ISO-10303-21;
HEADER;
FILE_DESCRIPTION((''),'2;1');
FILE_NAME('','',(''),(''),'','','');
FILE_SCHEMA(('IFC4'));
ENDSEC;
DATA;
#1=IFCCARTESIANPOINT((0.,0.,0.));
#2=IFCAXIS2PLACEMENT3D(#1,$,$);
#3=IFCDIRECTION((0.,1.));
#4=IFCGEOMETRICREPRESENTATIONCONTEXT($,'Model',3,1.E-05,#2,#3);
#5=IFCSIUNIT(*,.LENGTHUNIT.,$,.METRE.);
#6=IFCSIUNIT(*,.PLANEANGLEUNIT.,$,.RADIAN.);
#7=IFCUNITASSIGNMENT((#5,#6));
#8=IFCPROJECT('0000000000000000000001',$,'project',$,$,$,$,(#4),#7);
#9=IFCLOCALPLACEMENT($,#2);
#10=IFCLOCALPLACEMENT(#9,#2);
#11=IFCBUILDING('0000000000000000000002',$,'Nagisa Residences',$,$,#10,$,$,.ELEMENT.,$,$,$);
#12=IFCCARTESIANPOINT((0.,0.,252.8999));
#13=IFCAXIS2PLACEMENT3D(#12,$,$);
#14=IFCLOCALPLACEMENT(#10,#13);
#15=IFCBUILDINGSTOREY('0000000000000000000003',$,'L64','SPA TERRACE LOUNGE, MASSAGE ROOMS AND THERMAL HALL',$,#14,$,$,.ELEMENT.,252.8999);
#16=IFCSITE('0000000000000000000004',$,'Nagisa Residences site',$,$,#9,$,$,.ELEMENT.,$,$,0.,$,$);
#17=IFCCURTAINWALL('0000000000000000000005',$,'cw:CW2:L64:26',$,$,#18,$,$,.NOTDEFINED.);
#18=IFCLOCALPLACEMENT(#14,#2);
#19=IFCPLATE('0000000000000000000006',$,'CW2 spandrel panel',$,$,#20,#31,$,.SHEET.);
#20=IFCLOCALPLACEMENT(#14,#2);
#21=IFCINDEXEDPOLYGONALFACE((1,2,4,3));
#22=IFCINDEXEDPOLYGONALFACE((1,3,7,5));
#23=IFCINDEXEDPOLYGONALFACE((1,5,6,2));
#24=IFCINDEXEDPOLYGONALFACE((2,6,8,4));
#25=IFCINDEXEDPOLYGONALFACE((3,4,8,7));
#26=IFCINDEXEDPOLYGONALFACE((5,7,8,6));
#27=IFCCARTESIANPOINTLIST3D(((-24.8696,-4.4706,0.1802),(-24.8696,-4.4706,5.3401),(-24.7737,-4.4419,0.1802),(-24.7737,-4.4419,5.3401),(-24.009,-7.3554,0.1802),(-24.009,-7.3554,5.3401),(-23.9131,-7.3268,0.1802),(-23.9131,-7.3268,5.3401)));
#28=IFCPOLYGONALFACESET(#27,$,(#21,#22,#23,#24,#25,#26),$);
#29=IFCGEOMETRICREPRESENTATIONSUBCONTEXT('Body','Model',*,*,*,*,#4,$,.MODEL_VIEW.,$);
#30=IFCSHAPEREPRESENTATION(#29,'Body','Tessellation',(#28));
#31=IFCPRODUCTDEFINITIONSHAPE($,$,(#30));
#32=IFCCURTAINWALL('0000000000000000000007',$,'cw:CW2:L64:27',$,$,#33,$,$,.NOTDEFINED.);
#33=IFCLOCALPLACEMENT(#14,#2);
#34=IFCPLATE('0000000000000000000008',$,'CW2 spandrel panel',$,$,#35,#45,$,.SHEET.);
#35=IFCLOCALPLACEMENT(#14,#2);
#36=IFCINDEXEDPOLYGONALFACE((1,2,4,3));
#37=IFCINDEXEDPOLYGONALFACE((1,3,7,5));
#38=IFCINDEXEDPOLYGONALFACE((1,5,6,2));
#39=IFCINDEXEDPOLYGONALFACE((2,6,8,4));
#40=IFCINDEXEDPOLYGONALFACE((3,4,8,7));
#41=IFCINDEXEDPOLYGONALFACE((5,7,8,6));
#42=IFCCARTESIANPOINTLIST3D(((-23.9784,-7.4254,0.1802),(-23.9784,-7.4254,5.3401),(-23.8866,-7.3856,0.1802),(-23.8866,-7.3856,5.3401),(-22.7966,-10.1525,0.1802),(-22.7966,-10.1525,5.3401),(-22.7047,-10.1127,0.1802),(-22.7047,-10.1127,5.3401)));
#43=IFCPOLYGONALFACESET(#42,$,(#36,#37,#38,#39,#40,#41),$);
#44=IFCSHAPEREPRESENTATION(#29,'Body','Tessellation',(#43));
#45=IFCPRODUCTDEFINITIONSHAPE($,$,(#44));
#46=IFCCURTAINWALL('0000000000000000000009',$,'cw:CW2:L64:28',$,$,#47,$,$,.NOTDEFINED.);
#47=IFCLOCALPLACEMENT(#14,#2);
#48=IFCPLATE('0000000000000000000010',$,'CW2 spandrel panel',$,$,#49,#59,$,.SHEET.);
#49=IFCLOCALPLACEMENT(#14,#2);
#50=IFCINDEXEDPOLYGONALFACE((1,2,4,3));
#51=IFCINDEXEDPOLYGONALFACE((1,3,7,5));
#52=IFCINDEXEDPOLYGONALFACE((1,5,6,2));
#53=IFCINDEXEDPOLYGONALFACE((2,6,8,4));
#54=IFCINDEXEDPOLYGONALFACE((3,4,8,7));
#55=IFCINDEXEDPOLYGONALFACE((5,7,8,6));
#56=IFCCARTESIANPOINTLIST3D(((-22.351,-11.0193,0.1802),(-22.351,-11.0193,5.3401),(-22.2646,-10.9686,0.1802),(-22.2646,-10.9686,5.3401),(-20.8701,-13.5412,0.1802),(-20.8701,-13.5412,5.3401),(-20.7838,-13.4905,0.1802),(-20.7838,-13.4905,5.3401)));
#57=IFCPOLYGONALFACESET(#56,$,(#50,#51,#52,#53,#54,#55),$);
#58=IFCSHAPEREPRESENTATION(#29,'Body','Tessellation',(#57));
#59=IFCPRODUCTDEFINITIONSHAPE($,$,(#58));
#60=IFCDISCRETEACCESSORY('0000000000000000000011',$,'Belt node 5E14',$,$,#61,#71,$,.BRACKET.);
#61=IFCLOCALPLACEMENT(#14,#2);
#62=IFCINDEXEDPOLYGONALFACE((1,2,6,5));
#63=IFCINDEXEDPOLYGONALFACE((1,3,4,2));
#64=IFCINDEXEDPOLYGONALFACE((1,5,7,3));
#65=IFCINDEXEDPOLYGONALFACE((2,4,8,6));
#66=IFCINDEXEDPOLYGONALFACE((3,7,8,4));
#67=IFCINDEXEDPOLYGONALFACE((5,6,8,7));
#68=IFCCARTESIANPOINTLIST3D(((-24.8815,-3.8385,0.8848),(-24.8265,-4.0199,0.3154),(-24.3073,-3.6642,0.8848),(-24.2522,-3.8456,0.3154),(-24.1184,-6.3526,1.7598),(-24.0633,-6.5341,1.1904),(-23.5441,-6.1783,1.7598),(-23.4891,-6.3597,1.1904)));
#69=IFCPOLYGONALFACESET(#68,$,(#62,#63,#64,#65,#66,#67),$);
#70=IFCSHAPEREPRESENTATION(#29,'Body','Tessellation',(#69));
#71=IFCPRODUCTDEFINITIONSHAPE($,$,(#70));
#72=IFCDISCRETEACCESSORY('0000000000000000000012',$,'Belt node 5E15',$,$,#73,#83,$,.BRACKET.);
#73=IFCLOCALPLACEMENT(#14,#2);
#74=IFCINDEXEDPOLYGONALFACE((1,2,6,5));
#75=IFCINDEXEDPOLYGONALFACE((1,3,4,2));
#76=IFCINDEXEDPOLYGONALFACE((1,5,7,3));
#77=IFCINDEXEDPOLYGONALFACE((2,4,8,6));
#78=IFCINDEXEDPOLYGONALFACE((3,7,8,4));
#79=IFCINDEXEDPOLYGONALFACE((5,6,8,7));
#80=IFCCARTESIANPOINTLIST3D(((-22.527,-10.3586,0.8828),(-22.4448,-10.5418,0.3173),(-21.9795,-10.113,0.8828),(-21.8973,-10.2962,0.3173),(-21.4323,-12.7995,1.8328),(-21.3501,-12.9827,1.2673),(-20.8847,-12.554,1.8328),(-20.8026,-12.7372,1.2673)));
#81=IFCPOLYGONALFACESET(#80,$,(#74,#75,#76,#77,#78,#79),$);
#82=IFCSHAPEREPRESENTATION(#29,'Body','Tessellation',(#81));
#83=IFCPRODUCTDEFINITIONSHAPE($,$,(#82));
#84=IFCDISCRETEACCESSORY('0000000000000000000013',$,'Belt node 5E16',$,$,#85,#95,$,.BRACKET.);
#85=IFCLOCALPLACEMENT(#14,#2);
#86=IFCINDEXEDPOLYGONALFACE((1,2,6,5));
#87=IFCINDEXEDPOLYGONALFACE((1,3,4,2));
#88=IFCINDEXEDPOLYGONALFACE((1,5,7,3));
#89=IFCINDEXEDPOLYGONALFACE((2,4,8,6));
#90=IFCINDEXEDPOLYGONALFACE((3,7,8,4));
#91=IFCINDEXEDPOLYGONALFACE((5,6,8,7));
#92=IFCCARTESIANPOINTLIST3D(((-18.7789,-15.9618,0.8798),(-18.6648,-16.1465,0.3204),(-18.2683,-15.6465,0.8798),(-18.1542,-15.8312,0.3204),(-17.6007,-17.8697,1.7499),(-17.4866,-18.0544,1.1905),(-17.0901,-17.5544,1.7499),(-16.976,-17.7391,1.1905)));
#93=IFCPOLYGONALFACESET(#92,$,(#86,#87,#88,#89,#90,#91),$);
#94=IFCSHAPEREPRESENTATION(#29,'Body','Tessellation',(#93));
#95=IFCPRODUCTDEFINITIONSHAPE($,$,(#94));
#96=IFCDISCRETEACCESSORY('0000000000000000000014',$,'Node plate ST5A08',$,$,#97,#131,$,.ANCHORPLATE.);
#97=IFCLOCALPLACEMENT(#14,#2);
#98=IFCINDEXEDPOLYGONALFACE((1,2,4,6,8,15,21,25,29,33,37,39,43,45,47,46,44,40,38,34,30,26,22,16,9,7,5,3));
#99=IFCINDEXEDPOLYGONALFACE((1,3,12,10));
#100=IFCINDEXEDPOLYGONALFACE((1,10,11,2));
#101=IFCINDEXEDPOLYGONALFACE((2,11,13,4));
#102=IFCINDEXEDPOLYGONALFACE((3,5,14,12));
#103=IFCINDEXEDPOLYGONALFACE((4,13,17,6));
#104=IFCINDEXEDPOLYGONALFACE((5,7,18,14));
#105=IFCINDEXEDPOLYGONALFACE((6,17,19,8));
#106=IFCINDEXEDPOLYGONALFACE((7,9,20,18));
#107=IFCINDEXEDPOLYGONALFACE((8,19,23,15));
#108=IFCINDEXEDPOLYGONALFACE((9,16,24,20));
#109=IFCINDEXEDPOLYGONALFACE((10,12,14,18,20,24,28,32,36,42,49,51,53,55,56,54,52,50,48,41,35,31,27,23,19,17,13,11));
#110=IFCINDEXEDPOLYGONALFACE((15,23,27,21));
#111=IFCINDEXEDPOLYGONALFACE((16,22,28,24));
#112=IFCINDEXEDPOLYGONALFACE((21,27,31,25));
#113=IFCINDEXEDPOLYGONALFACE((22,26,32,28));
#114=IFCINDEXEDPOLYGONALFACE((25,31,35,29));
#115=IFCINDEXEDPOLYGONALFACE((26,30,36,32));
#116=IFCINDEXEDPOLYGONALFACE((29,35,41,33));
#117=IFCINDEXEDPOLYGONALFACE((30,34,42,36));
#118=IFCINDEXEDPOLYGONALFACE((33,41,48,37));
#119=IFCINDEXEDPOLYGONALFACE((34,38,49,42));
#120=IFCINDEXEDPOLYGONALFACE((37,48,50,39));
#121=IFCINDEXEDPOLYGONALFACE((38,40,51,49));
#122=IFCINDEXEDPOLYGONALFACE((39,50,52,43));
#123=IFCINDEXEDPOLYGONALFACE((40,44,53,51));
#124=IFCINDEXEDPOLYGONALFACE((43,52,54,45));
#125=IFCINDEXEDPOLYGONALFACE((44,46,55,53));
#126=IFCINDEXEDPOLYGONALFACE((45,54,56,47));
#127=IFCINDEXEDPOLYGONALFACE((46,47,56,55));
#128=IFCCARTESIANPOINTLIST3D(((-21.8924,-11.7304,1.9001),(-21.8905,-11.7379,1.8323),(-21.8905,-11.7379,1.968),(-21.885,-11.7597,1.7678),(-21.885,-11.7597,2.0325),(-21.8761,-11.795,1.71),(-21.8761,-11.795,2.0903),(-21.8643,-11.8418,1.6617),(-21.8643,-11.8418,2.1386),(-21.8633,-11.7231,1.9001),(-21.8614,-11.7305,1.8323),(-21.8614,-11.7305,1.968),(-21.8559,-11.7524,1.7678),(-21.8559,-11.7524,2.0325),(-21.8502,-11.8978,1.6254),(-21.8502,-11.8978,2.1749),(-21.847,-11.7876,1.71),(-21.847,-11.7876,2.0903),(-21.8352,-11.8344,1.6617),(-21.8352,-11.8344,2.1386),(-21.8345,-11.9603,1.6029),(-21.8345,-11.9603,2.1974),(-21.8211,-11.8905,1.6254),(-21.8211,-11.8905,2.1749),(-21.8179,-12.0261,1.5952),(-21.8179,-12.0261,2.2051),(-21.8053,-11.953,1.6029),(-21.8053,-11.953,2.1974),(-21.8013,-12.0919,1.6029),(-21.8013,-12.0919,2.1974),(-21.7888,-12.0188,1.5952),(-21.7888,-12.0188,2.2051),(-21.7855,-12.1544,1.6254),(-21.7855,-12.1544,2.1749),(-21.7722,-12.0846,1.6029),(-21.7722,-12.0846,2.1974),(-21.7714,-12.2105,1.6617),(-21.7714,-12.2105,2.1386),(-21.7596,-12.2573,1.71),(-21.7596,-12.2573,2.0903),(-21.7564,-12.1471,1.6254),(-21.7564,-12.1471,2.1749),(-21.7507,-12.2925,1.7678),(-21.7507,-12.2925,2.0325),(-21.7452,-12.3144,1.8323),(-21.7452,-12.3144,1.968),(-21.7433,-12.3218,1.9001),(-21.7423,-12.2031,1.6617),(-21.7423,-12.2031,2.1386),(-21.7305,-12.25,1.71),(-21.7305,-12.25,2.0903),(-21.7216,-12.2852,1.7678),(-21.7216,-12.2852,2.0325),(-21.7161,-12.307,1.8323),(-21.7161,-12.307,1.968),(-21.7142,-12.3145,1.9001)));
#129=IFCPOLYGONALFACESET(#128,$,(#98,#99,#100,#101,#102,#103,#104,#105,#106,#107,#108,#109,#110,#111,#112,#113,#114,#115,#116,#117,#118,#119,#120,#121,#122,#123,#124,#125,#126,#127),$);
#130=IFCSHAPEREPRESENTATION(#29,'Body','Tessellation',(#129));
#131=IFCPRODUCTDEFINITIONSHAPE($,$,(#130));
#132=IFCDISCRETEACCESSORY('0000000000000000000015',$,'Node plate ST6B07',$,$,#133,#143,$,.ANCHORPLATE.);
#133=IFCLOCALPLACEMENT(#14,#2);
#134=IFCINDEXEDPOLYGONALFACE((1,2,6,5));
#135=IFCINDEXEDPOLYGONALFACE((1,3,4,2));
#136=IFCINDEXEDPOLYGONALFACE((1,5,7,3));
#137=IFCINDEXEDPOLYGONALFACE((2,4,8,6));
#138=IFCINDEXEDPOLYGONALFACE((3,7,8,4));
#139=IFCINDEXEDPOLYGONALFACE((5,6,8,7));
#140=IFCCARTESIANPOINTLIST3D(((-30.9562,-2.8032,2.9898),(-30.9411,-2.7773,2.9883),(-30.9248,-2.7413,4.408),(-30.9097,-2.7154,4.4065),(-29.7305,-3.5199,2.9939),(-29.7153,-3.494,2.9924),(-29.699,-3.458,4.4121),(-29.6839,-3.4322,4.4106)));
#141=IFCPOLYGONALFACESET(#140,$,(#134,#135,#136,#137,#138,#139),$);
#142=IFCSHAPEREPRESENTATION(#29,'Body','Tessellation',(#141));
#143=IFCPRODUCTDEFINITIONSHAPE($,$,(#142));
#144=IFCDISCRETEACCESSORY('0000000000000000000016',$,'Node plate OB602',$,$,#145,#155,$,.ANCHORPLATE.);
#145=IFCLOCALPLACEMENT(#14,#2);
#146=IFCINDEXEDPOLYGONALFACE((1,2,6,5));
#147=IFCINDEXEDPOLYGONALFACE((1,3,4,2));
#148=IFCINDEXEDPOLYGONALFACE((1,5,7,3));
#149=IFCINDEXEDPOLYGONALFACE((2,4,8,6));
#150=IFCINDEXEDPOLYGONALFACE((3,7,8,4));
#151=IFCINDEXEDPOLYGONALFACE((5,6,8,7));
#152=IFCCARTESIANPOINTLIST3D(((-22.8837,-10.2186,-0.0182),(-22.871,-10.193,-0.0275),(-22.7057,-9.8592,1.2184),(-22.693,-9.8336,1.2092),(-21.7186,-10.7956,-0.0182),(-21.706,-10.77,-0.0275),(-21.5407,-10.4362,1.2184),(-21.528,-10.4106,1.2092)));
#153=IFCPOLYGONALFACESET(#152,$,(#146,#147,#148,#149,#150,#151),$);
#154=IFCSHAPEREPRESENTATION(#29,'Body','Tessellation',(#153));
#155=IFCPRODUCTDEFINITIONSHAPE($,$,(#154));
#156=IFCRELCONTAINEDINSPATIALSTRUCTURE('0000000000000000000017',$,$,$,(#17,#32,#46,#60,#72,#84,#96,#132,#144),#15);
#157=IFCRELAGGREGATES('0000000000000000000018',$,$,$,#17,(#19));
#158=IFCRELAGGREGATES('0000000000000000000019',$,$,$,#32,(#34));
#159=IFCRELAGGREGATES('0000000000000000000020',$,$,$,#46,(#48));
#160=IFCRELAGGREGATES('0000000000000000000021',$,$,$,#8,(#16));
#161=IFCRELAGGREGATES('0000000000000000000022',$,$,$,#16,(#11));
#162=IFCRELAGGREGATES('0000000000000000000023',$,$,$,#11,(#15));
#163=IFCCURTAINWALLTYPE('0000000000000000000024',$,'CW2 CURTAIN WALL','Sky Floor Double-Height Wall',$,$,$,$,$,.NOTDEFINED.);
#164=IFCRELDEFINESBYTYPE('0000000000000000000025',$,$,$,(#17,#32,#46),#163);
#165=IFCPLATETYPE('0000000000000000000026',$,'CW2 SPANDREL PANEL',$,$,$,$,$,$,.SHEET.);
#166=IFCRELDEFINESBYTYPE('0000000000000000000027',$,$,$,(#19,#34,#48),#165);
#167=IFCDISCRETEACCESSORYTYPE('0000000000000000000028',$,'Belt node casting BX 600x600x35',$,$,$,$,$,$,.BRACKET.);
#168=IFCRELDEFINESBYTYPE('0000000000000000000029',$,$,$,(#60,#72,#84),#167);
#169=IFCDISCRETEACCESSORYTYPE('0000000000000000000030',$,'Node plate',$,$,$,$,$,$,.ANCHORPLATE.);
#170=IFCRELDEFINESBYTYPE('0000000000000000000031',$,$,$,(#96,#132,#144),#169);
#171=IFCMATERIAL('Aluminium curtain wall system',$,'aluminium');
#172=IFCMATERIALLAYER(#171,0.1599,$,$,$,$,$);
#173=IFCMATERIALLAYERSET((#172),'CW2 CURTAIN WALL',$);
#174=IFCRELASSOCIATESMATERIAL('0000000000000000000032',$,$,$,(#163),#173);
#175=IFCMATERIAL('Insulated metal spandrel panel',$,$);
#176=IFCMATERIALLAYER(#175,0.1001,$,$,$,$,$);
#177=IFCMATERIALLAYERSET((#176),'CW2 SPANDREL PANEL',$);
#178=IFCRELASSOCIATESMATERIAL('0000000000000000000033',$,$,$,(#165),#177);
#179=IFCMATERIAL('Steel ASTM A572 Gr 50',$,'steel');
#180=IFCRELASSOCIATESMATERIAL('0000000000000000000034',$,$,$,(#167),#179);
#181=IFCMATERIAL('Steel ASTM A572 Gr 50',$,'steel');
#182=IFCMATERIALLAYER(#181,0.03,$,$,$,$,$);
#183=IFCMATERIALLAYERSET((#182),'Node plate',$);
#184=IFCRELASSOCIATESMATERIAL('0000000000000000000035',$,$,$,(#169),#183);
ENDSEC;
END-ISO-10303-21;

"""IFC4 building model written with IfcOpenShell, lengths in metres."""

from ifc_helpers import new_model, si_unit, direction, frame, origin, origin_2d, place, context, subcontext, project, spatial, rectangle, circle, extrude, material, layer, layer_set, type_object, element, aggregate, save


model = new_model("IFC4")

# Units and contexts
model_context = context("Model", 3, precision=1e-05, world=origin(), true_north=direction((0.0, 1.0)))
body_context = subcontext(model_context, "Body", "Model", "MODEL_VIEW")
ifc_project = project(units=[si_unit("LENGTHUNIT", "METRE"), si_unit("PLANEANGLEUNIT", "RADIAN")], contexts=[model_context])

# Site, building, storey
site_placement = place(None, origin())
site = spatial("IfcSite", under=ifc_project, at=site_placement, Name="Nagisa Residences site", CompositionType="ELEMENT", RefElevation=0.0)
building_placement = place(site_placement, origin())
building = spatial("IfcBuilding", under=site, at=building_placement, Name="Nagisa Residences", CompositionType="ELEMENT")
storey_placement = place(building_placement, frame((0.0, 0.0, 252.8999)))
storey = spatial("IfcBuildingStorey", under=building, at=storey_placement, Name="L64", Description="SPA TERRACE LOUNGE, MASSAGE ROOMS AND THERMAL HALL", CompositionType="ELEMENT", Elevation=252.8999)

# Curtain walls, plates
ifc_material_1 = material(Name="Aluminium curtain wall system", Category="aluminium")
ifc_layer_1 = layer(ifc_material_1, 0.1599)
ifc_layer_set_1 = layer_set([ifc_layer_1], Name="CW2 CURTAIN WALL")
curtain_wall_type = type_object("IfcCurtainWallType", Name="CW2 CURTAIN WALL", Description="Sky Floor Double-Height Wall", PredefinedType="NOTDEFINED", material=ifc_layer_set_1)
curtain_wall_1_placement = place(storey_placement, origin())
curtain_wall_1 = element("IfcCurtainWall", 1, at=curtain_wall_1_placement, inside=storey, type_object=curtain_wall_type, Name="cw:CW2:L64:26", PredefinedType="NOTDEFINED")
ifc_material_2 = material(Name="Insulated metal spandrel panel")
ifc_layer_2 = layer(ifc_material_2, 0.1001)
ifc_layer_set_2 = layer_set([ifc_layer_2], Name="CW2 SPANDREL PANEL")
plate_type = type_object("IfcPlateType", Name="CW2 SPANDREL PANEL", PredefinedType="SHEET", material=ifc_layer_set_2)
plate_1_placement = place(storey_placement, frame((-24.3914, -5.8987, 0.1802), z_axis=(0.0, 0.0, 1.0), x_axis=(0.28586, -0.958271, 0.0)))
plate_1 = element("IfcPlate", 2, at=plate_1_placement, type_object=plate_type, Name="CW2 spandrel panel", PredefinedType="SHEET", context=body_context, shape_type="SweptSolid", body=[
    extrude(rectangle(XDim=3.0105, YDim=0.1001, at=origin_2d()), origin(), (0.0, 0.0, 1.0), 5.1599),
])
aggregate(curtain_wall_1, [plate_1])
curtain_wall_2_placement = place(storey_placement, origin())
curtain_wall_2 = element("IfcCurtainWall", 3, at=curtain_wall_2_placement, inside=storey, type_object=curtain_wall_type, Name="cw:CW2:L64:27", PredefinedType="NOTDEFINED")
plate_2_placement = place(storey_placement, frame((-23.3416, -8.769, 0.1802), z_axis=(0.0, 0.0, 1.0), x_axis=(0.397636, -0.917543, 0.0)))
plate_2 = element("IfcPlate", 4, at=plate_2_placement, type_object=plate_type, Name="CW2 spandrel panel", PredefinedType="SHEET", context=body_context, shape_type="SweptSolid", body=[
    extrude(rectangle(XDim=2.9722, YDim=0.1001, at=origin_2d()), origin(), (0.0, 0.0, 1.0), 5.1599),
])
aggregate(curtain_wall_2, [plate_2])
curtain_wall_3_placement = place(storey_placement, origin())
curtain_wall_3 = element("IfcCurtainWall", 5, at=curtain_wall_3_placement, inside=storey, type_object=curtain_wall_type, Name="cw:CW2:L64:28", PredefinedType="NOTDEFINED")
plate_3_placement = place(storey_placement, frame((-21.5674, -12.2549, 0.1802), z_axis=(0.0, 0.0, 1.0), x_axis=(0.506349, -0.862329, 0.0)))
plate_3 = element("IfcPlate", 6, at=plate_3_placement, type_object=plate_type, Name="CW2 spandrel panel", PredefinedType="SHEET", context=body_context, shape_type="SweptSolid", body=[
    extrude(rectangle(XDim=2.9246, YDim=0.1001, at=origin_2d()), origin(), (0.0, 0.0, 1.0), 5.1599),
])
aggregate(curtain_wall_3, [plate_3])

# Discrete accessories
ifc_material_3 = material(Name="Steel ASTM A572 Gr 50", Category="steel")
discrete_accessory_type_1 = type_object("IfcDiscreteAccessoryType", Name="Belt node casting BX 600x600x35", PredefinedType="BRACKET", material=ifc_material_3)
discrete_accessory_1_placement = place(storey_placement, frame((-24.5669, -3.842, 0.6001), z_axis=(0.275586, -0.907865, 0.315963), x_axis=(0.956885, 0.290466, 0.0)))
element("IfcDiscreteAccessory", 7, at=discrete_accessory_1_placement, inside=storey, type_object=discrete_accessory_type_1, Name="Belt node 5E14", PredefinedType="BRACKET", context=body_context, shape_type="SweptSolid", body=[
    extrude(rectangle(XDim=0.6001, YDim=0.6001, at=origin_2d()), origin(), (0.0, 0.0, 1.0), 2.7693),
])
discrete_accessory_2_placement = place(storey_placement, frame((-22.2122, -10.3274, 0.6001), z_axis=(0.385627, -0.859835, 0.334629), x_axis=(0.912436, 0.409218, 0.0)))
element("IfcDiscreteAccessory", 8, at=discrete_accessory_2_placement, inside=storey, type_object=discrete_accessory_type_1, Name="Belt node 5E15", PredefinedType="BRACKET", context=body_context, shape_type="SweptSolid", body=[
    extrude(rectangle(XDim=0.6001, YDim=0.6001, at=origin_2d()), origin(), (0.0, 0.0, 1.0), 2.8389),
])
discrete_accessory_3_placement = place(storey_placement, frame((-18.4666, -15.8965, 0.6001), z_axis=(0.489838, -0.793221, 0.361745), x_axis=(0.850842, 0.525421, 0.0)))
element("IfcDiscreteAccessory", 9, at=discrete_accessory_3_placement, inside=storey, type_object=discrete_accessory_type_1, Name="Belt node 5E16", PredefinedType="BRACKET", context=body_context, shape_type="SweptSolid", body=[
    extrude(rectangle(XDim=0.6001, YDim=0.6001, at=origin_2d()), origin(), (0.0, 0.0, 1.0), 2.4053),
])
ifc_material_4 = material(Name="Steel ASTM A572 Gr 50", Category="steel")
ifc_layer_3 = layer(ifc_material_4, 0.03)
ifc_layer_set_3 = layer_set([ifc_layer_3], Name="Node plate")
discrete_accessory_type_2 = type_object("IfcDiscreteAccessoryType", Name="Node plate", PredefinedType="ANCHORPLATE", material=ifc_layer_set_3)
discrete_accessory_4_placement = place(storey_placement, frame((-21.8179, -12.0261, 1.9001), z_axis=(0.969661, 0.244452, 0.0), x_axis=(-0.244452, 0.969661, 0.0)))
element("IfcDiscreteAccessory", 10, at=discrete_accessory_4_placement, inside=storey, type_object=discrete_accessory_type_2, Name="Node plate ST5A08", PredefinedType="ANCHORPLATE", context=body_context, shape_type="SweptSolid", body=[
    extrude(circle(Radius=0.3049, at=origin_2d()), origin(), (0.0, 0.0, 1.0), 0.03),
])
discrete_accessory_5_placement = place(storey_placement, frame((-30.3125, -3.1047, 3.6995), z_axis=(-0.504282, -0.862159, 0.048801), x_axis=(0.863255, -0.504759, 0.002889)))
element("IfcDiscreteAccessory", 11, at=discrete_accessory_5_placement, inside=storey, type_object=discrete_accessory_type_2, Name="Node plate ST6B07", PredefinedType="ANCHORPLATE", context=body_context, shape_type="SweptSolid", body=[
    extrude(rectangle(XDim=1.4199, YDim=1.4199, at=origin_2d()), origin(), (0.0, 0.0, 1.0), 0.03),
])
discrete_accessory_6_placement = place(storey_placement, frame((-22.2122, -10.3274, 0.6001), z_axis=(0.422151, 0.85242, -0.308495), x_axis=(-0.896128, 0.443797, 0.0)))
element("IfcDiscreteAccessory", 12, at=discrete_accessory_6_placement, inside=storey, type_object=discrete_accessory_type_2, Name="Node plate OB602", PredefinedType="ANCHORPLATE", context=body_context, shape_type="SweptSolid", body=[
    extrude(rectangle(XDim=1.3, YDim=1.3, at=origin_2d()), origin(), (0.0, 0.0, 1.0), 0.03),
])

save(model, "model.ifc")
